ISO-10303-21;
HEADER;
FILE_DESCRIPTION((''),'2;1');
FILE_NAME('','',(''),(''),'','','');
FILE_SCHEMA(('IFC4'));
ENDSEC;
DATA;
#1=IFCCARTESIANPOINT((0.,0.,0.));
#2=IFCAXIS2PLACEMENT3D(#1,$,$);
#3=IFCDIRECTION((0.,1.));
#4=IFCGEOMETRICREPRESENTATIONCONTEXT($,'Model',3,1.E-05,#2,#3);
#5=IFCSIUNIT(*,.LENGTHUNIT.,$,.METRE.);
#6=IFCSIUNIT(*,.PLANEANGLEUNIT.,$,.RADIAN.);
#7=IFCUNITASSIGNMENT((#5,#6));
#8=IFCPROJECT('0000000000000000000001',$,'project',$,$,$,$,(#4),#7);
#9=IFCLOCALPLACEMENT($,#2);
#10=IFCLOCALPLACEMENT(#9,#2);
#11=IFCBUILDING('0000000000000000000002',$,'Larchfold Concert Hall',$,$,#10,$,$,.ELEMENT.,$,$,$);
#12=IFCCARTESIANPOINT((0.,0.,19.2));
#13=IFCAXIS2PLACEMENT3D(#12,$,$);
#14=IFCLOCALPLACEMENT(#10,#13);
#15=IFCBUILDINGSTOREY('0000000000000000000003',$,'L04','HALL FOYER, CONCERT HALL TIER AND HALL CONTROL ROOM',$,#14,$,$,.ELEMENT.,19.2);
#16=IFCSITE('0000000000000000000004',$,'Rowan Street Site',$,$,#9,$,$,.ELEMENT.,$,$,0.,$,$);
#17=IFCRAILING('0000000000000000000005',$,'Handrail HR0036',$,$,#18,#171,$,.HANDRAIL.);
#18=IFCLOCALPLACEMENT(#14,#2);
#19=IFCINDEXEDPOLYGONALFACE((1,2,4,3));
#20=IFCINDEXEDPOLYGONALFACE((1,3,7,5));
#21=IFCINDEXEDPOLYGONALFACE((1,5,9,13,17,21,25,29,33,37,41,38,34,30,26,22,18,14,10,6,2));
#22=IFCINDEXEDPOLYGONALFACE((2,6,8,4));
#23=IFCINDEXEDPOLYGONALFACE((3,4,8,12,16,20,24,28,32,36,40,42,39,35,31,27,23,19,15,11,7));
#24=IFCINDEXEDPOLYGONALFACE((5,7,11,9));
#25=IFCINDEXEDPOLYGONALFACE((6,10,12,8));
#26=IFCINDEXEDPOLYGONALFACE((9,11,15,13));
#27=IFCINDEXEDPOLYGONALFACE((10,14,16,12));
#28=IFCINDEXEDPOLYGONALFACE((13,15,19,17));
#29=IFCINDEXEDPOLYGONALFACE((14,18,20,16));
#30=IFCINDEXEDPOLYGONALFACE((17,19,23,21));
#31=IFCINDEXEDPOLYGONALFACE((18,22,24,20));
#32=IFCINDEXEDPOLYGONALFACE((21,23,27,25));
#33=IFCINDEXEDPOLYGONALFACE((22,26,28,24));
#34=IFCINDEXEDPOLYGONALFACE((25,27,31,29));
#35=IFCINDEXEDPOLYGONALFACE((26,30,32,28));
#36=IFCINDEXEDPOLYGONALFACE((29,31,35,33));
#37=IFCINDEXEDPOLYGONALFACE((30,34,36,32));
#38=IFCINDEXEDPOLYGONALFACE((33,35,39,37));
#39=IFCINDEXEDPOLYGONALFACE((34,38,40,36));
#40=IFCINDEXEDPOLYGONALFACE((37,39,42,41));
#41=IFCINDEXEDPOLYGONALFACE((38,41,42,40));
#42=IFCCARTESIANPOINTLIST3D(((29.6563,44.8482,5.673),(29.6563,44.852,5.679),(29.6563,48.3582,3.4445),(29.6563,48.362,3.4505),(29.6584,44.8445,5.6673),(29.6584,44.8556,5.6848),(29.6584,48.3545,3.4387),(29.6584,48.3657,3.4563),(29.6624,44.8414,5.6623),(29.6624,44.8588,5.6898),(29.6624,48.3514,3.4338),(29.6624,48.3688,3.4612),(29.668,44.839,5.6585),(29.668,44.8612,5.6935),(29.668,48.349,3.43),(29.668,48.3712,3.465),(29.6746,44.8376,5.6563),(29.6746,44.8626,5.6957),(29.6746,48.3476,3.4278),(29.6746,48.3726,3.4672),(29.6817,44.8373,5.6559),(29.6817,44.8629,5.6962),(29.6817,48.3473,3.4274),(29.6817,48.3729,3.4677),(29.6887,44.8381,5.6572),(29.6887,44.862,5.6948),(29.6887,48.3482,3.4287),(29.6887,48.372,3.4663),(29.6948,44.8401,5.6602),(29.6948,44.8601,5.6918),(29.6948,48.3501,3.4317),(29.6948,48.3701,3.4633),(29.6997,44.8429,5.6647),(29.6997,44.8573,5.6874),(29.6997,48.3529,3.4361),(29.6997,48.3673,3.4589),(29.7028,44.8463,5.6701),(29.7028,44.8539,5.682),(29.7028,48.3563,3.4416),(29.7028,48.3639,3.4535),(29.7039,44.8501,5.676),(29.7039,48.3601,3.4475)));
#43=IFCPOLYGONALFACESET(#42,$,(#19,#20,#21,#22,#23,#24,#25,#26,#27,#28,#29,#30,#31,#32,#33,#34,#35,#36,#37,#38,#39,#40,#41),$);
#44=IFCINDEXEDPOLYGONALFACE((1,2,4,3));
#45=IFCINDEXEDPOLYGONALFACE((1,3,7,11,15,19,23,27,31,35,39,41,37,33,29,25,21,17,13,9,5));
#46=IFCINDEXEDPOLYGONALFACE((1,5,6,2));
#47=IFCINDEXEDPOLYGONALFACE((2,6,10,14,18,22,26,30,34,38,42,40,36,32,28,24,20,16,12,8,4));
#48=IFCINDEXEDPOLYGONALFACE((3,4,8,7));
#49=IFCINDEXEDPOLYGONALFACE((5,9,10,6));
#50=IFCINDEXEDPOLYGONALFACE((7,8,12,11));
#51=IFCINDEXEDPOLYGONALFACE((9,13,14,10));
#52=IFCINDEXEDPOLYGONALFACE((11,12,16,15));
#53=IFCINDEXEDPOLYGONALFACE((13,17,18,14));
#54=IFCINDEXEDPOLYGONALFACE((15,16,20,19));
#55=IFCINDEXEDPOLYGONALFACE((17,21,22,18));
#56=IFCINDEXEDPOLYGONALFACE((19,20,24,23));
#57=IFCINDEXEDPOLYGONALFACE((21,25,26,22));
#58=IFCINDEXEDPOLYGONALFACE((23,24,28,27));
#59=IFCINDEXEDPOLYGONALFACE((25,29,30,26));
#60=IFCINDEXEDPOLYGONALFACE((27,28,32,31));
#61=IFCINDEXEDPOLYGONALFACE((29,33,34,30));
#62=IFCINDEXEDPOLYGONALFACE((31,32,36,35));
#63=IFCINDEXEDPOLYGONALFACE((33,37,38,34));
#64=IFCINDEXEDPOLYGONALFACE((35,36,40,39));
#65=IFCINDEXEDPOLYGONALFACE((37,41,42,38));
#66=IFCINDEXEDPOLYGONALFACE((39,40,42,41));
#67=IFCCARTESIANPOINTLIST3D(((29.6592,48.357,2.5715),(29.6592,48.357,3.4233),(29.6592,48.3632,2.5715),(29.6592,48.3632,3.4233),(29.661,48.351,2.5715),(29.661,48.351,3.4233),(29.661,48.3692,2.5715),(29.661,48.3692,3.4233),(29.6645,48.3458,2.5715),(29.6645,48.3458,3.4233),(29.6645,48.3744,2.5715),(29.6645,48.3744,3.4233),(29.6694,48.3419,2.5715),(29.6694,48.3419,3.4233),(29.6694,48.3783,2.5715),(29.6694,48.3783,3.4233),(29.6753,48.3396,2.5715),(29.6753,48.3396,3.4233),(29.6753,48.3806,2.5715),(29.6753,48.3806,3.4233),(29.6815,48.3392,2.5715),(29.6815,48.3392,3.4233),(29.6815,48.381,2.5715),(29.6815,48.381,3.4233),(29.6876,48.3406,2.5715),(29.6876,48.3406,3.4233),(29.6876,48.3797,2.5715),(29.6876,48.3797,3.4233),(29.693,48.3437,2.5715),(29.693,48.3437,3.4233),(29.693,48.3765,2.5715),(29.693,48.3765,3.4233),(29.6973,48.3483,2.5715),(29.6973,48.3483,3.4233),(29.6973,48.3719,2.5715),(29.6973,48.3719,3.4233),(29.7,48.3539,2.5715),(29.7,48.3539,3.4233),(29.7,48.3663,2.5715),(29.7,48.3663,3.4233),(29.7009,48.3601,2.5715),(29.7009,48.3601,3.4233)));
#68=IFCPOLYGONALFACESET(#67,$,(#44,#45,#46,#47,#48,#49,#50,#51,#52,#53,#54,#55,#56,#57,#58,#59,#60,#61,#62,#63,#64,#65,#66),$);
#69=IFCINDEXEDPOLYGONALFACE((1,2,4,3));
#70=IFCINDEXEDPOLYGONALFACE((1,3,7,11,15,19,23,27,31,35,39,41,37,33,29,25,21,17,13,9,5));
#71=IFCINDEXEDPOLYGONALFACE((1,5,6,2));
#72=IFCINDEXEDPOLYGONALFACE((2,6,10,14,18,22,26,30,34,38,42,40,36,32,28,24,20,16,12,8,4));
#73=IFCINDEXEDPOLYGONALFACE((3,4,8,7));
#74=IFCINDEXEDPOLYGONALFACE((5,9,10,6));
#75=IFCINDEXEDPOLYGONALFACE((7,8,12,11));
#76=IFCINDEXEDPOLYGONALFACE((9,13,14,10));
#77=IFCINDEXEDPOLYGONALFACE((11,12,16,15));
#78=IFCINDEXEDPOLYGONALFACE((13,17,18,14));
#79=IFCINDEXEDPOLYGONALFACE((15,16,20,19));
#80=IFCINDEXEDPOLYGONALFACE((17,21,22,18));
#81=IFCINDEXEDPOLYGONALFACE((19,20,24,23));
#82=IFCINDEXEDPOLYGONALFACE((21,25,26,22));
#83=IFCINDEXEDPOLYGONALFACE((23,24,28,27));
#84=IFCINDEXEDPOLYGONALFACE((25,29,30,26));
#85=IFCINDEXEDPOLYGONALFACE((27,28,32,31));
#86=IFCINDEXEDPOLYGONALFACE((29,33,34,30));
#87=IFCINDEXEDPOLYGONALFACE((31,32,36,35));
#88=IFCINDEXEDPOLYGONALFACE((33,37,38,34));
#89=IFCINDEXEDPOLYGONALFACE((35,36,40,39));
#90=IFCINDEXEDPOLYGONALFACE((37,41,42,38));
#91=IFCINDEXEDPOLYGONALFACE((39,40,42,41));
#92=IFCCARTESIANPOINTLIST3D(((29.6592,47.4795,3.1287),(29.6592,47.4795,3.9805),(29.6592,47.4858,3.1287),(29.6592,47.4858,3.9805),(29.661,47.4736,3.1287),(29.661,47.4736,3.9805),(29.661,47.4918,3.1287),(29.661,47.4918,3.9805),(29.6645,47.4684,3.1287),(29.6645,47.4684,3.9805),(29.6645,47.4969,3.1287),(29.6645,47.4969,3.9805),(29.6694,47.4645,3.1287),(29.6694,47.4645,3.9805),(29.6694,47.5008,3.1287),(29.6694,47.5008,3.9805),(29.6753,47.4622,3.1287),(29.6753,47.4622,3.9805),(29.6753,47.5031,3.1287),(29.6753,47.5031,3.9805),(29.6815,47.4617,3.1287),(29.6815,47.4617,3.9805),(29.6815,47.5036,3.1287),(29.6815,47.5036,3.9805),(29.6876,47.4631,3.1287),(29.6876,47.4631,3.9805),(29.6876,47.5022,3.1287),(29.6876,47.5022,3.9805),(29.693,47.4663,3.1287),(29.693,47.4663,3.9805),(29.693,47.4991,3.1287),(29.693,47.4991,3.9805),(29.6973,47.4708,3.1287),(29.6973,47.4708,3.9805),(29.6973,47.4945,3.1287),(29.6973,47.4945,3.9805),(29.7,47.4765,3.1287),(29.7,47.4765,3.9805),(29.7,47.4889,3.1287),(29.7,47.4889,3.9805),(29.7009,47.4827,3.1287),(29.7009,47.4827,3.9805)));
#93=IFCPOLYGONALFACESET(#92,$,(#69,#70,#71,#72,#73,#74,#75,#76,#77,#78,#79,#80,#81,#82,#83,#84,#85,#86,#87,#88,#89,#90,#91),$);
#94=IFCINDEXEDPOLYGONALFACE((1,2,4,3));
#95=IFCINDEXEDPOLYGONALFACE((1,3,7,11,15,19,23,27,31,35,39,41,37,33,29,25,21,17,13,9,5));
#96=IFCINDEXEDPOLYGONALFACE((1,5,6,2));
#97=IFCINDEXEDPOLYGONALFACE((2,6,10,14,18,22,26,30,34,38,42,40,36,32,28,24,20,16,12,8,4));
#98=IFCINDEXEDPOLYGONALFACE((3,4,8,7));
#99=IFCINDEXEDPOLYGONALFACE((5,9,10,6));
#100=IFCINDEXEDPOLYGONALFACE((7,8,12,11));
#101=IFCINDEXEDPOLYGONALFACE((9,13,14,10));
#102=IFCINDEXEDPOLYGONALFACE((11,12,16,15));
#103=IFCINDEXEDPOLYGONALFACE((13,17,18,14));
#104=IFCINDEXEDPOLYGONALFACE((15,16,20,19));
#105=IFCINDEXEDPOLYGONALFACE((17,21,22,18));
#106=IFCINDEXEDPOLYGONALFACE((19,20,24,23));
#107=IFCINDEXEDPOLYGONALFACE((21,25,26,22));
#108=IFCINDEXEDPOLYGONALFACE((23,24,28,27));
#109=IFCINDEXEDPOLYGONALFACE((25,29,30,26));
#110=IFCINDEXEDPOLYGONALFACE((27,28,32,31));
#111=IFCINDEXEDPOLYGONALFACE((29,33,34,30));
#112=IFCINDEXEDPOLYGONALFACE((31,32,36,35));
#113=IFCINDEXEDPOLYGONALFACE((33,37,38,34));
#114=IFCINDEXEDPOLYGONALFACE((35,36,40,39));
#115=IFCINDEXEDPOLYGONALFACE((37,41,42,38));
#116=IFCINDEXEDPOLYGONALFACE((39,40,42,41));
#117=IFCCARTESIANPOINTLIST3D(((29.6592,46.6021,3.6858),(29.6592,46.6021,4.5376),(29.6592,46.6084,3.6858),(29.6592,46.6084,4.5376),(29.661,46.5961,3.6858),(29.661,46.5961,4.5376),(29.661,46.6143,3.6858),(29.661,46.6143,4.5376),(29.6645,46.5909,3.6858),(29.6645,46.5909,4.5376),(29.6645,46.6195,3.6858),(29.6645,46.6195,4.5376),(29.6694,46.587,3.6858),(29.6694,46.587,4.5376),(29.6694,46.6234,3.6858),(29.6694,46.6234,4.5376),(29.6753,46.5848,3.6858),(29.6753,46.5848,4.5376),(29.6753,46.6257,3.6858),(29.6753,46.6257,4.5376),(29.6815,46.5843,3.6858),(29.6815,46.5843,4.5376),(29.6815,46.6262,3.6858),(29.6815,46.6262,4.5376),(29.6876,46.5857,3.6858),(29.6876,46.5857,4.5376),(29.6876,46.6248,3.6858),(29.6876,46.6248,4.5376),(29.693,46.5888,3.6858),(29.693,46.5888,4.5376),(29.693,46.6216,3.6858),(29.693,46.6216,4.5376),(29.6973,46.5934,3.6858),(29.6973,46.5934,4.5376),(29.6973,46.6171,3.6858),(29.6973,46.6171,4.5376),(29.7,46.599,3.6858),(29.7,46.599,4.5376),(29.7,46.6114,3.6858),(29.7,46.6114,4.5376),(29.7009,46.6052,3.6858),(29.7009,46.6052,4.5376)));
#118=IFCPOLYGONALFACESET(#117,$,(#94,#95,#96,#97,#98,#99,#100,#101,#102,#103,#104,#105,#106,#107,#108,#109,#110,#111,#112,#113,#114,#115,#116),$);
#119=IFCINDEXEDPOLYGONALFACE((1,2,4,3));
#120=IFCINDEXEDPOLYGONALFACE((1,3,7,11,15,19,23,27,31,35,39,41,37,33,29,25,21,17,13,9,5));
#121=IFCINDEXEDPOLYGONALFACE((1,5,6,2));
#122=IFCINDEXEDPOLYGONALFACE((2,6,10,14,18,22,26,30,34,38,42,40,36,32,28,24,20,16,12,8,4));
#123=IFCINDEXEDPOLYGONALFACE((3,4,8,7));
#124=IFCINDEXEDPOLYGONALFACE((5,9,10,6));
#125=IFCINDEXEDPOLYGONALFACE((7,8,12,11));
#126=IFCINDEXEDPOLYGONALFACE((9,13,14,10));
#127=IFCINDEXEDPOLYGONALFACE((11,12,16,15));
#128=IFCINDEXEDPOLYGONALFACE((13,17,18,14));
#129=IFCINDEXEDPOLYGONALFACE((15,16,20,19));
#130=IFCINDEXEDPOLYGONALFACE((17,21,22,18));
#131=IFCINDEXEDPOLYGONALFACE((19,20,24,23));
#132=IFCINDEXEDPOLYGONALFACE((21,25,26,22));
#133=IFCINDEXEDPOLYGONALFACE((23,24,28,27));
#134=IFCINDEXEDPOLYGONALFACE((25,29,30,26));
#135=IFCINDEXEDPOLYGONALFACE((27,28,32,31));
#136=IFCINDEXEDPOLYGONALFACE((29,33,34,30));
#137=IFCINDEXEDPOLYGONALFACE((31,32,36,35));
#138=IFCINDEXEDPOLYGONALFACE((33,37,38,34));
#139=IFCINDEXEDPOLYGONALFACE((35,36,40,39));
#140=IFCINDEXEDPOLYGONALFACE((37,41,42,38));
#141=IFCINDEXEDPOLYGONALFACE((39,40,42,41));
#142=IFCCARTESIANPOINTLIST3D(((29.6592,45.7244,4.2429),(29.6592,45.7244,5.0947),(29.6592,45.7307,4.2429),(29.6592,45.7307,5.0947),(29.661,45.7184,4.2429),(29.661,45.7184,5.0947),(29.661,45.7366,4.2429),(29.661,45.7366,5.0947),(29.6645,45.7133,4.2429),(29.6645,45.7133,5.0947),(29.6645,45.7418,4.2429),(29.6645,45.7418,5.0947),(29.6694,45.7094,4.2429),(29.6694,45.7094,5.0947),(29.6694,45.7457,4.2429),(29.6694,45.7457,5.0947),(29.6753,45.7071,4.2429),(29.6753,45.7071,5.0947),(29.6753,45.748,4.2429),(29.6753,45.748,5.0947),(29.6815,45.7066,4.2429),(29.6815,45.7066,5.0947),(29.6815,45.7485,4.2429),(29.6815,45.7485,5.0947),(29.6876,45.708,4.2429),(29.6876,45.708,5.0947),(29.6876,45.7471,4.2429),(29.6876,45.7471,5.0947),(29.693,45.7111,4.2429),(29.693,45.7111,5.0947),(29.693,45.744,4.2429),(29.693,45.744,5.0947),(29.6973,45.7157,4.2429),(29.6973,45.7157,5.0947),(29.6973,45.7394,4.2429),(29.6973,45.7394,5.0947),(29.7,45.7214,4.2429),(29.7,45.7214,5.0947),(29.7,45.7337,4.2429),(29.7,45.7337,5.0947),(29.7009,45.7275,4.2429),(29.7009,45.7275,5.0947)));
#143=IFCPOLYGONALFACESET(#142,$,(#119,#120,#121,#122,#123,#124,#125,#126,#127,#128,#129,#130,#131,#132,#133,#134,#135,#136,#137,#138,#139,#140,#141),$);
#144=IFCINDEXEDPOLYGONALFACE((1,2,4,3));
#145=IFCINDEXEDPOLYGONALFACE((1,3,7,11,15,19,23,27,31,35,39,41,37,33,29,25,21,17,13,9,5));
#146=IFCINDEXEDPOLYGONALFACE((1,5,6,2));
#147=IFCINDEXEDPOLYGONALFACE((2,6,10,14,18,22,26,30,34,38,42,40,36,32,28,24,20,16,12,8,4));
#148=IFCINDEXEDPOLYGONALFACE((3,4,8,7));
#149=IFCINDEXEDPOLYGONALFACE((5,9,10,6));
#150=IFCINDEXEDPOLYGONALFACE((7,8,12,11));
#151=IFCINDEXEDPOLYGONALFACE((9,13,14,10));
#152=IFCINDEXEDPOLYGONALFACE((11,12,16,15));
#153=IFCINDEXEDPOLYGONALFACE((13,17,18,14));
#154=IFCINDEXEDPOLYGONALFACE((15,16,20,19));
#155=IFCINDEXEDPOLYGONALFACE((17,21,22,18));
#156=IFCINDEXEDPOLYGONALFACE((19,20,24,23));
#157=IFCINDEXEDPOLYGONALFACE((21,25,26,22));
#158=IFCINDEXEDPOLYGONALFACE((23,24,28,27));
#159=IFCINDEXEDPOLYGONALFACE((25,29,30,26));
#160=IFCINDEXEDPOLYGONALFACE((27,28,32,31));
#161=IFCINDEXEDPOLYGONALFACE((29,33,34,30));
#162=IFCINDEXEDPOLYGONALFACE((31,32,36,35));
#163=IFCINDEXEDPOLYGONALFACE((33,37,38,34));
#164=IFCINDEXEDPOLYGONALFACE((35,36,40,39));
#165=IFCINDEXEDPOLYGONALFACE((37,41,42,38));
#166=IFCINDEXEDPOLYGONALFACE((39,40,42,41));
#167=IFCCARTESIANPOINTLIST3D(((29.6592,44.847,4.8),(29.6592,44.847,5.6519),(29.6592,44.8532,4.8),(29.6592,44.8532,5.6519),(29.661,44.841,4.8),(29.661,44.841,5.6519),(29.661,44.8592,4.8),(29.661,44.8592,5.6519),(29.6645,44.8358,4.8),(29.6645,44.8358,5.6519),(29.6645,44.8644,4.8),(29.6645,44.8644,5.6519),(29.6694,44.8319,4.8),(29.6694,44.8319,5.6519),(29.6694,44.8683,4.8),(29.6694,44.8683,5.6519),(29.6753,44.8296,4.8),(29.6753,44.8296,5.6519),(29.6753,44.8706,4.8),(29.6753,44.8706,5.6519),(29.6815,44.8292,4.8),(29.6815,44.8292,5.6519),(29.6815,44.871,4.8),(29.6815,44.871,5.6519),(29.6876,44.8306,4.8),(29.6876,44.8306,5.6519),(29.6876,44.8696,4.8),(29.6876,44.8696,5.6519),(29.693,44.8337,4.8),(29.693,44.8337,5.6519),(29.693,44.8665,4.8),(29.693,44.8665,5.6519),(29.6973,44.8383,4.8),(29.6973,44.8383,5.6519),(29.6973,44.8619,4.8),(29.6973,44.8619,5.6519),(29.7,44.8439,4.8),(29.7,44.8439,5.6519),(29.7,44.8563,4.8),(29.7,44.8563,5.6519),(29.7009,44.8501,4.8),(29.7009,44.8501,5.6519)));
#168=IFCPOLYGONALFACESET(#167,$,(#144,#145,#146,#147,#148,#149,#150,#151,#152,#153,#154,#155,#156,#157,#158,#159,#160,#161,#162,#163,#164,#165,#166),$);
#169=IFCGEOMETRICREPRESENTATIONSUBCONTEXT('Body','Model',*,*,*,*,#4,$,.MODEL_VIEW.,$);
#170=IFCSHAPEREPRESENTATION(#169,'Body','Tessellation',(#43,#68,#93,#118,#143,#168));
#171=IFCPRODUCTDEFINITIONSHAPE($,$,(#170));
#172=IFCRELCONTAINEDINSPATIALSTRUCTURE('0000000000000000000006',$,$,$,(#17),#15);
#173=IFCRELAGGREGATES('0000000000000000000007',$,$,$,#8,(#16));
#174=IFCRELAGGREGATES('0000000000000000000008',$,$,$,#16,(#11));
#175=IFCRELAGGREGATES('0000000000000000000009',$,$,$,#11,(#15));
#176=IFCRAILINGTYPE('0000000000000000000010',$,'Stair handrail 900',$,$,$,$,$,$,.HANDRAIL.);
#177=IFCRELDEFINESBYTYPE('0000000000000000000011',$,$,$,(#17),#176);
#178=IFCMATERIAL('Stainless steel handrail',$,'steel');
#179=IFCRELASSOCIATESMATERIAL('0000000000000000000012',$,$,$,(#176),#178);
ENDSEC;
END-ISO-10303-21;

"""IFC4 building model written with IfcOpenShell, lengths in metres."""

from ifc_helpers import new_model, si_unit, direction, frame, origin, origin_2d, place, context, subcontext, project, spatial, circle, extrude, material, type_object, element, save


model = new_model("IFC4")

# Units and contexts
model_context = context("Model", 3, precision=1e-05, world=origin(), true_north=direction((0.0, 1.0)))
body_context = subcontext(model_context, "Body", "Model", "MODEL_VIEW")
ifc_project = project(units=[si_unit("LENGTHUNIT", "METRE"), si_unit("PLANEANGLEUNIT", "RADIAN")], contexts=[model_context])

# Site, building, storey
site_placement = place(None, origin())
site = spatial("IfcSite", under=ifc_project, at=site_placement, Name="Rowan Street Site", CompositionType="ELEMENT", RefElevation=0.0)
building_placement = place(site_placement, origin())
building = spatial("IfcBuilding", under=site, at=building_placement, Name="Larchfold Concert Hall", CompositionType="ELEMENT")
storey_placement = place(building_placement, frame((0.0, 0.0, 19.2)))
storey = spatial("IfcBuildingStorey", under=building, at=storey_placement, Name="L04", Description="HALL FOYER, CONCERT HALL TIER AND HALL CONTROL ROOM", CompositionType="ELEMENT", Elevation=19.2)

# Railing
ifc_material_1 = material(Name="Stainless steel handrail", Category="steel")
railing_type_1 = type_object("IfcRailingType", Name="Stair handrail 900", PredefinedType="HANDRAIL", material=ifc_material_1)
railing_1_placement = place(storey_placement, frame((29.6799, 48.3601, 2.5715)))
element("IfcRailing", 1, at=railing_1_placement, inside=storey, type_object=railing_type_1, Name="Handrail HR0036", PredefinedType="HANDRAIL", context=body_context, shape_type="SweptSolid", body=[
    extrude(circle(Radius=0.0239, at=origin_2d()), frame((0.0, 0.0, 0.876), z_axis=(0.0, -0.84422, 0.535998), x_axis=(1.0, 0.0, 0.0)), (0.0, 0.0, 1.0), 4.1577),
    extrude(circle(Radius=0.021, at=origin_2d()), origin(), (0.0, 0.0, 1.0), 0.8518),
    extrude(circle(Radius=0.021, at=origin_2d()), frame((0.0, -0.8774, 0.5571)), (0.0, 0.0, 1.0), 0.8518),
    extrude(circle(Radius=0.021, at=origin_2d()), frame((0.0, -1.7549, 1.1143)), (0.0, 0.0, 1.0), 0.8518),
    extrude(circle(Radius=0.021, at=origin_2d()), frame((0.0, -2.6326, 1.6714)), (0.0, 0.0, 1.0), 0.8518),
    extrude(circle(Radius=0.021, at=origin_2d()), frame((0.0, -3.51, 2.2285)), (0.0, 0.0, 1.0), 0.8518),
])

save(model, "model.ifc")
